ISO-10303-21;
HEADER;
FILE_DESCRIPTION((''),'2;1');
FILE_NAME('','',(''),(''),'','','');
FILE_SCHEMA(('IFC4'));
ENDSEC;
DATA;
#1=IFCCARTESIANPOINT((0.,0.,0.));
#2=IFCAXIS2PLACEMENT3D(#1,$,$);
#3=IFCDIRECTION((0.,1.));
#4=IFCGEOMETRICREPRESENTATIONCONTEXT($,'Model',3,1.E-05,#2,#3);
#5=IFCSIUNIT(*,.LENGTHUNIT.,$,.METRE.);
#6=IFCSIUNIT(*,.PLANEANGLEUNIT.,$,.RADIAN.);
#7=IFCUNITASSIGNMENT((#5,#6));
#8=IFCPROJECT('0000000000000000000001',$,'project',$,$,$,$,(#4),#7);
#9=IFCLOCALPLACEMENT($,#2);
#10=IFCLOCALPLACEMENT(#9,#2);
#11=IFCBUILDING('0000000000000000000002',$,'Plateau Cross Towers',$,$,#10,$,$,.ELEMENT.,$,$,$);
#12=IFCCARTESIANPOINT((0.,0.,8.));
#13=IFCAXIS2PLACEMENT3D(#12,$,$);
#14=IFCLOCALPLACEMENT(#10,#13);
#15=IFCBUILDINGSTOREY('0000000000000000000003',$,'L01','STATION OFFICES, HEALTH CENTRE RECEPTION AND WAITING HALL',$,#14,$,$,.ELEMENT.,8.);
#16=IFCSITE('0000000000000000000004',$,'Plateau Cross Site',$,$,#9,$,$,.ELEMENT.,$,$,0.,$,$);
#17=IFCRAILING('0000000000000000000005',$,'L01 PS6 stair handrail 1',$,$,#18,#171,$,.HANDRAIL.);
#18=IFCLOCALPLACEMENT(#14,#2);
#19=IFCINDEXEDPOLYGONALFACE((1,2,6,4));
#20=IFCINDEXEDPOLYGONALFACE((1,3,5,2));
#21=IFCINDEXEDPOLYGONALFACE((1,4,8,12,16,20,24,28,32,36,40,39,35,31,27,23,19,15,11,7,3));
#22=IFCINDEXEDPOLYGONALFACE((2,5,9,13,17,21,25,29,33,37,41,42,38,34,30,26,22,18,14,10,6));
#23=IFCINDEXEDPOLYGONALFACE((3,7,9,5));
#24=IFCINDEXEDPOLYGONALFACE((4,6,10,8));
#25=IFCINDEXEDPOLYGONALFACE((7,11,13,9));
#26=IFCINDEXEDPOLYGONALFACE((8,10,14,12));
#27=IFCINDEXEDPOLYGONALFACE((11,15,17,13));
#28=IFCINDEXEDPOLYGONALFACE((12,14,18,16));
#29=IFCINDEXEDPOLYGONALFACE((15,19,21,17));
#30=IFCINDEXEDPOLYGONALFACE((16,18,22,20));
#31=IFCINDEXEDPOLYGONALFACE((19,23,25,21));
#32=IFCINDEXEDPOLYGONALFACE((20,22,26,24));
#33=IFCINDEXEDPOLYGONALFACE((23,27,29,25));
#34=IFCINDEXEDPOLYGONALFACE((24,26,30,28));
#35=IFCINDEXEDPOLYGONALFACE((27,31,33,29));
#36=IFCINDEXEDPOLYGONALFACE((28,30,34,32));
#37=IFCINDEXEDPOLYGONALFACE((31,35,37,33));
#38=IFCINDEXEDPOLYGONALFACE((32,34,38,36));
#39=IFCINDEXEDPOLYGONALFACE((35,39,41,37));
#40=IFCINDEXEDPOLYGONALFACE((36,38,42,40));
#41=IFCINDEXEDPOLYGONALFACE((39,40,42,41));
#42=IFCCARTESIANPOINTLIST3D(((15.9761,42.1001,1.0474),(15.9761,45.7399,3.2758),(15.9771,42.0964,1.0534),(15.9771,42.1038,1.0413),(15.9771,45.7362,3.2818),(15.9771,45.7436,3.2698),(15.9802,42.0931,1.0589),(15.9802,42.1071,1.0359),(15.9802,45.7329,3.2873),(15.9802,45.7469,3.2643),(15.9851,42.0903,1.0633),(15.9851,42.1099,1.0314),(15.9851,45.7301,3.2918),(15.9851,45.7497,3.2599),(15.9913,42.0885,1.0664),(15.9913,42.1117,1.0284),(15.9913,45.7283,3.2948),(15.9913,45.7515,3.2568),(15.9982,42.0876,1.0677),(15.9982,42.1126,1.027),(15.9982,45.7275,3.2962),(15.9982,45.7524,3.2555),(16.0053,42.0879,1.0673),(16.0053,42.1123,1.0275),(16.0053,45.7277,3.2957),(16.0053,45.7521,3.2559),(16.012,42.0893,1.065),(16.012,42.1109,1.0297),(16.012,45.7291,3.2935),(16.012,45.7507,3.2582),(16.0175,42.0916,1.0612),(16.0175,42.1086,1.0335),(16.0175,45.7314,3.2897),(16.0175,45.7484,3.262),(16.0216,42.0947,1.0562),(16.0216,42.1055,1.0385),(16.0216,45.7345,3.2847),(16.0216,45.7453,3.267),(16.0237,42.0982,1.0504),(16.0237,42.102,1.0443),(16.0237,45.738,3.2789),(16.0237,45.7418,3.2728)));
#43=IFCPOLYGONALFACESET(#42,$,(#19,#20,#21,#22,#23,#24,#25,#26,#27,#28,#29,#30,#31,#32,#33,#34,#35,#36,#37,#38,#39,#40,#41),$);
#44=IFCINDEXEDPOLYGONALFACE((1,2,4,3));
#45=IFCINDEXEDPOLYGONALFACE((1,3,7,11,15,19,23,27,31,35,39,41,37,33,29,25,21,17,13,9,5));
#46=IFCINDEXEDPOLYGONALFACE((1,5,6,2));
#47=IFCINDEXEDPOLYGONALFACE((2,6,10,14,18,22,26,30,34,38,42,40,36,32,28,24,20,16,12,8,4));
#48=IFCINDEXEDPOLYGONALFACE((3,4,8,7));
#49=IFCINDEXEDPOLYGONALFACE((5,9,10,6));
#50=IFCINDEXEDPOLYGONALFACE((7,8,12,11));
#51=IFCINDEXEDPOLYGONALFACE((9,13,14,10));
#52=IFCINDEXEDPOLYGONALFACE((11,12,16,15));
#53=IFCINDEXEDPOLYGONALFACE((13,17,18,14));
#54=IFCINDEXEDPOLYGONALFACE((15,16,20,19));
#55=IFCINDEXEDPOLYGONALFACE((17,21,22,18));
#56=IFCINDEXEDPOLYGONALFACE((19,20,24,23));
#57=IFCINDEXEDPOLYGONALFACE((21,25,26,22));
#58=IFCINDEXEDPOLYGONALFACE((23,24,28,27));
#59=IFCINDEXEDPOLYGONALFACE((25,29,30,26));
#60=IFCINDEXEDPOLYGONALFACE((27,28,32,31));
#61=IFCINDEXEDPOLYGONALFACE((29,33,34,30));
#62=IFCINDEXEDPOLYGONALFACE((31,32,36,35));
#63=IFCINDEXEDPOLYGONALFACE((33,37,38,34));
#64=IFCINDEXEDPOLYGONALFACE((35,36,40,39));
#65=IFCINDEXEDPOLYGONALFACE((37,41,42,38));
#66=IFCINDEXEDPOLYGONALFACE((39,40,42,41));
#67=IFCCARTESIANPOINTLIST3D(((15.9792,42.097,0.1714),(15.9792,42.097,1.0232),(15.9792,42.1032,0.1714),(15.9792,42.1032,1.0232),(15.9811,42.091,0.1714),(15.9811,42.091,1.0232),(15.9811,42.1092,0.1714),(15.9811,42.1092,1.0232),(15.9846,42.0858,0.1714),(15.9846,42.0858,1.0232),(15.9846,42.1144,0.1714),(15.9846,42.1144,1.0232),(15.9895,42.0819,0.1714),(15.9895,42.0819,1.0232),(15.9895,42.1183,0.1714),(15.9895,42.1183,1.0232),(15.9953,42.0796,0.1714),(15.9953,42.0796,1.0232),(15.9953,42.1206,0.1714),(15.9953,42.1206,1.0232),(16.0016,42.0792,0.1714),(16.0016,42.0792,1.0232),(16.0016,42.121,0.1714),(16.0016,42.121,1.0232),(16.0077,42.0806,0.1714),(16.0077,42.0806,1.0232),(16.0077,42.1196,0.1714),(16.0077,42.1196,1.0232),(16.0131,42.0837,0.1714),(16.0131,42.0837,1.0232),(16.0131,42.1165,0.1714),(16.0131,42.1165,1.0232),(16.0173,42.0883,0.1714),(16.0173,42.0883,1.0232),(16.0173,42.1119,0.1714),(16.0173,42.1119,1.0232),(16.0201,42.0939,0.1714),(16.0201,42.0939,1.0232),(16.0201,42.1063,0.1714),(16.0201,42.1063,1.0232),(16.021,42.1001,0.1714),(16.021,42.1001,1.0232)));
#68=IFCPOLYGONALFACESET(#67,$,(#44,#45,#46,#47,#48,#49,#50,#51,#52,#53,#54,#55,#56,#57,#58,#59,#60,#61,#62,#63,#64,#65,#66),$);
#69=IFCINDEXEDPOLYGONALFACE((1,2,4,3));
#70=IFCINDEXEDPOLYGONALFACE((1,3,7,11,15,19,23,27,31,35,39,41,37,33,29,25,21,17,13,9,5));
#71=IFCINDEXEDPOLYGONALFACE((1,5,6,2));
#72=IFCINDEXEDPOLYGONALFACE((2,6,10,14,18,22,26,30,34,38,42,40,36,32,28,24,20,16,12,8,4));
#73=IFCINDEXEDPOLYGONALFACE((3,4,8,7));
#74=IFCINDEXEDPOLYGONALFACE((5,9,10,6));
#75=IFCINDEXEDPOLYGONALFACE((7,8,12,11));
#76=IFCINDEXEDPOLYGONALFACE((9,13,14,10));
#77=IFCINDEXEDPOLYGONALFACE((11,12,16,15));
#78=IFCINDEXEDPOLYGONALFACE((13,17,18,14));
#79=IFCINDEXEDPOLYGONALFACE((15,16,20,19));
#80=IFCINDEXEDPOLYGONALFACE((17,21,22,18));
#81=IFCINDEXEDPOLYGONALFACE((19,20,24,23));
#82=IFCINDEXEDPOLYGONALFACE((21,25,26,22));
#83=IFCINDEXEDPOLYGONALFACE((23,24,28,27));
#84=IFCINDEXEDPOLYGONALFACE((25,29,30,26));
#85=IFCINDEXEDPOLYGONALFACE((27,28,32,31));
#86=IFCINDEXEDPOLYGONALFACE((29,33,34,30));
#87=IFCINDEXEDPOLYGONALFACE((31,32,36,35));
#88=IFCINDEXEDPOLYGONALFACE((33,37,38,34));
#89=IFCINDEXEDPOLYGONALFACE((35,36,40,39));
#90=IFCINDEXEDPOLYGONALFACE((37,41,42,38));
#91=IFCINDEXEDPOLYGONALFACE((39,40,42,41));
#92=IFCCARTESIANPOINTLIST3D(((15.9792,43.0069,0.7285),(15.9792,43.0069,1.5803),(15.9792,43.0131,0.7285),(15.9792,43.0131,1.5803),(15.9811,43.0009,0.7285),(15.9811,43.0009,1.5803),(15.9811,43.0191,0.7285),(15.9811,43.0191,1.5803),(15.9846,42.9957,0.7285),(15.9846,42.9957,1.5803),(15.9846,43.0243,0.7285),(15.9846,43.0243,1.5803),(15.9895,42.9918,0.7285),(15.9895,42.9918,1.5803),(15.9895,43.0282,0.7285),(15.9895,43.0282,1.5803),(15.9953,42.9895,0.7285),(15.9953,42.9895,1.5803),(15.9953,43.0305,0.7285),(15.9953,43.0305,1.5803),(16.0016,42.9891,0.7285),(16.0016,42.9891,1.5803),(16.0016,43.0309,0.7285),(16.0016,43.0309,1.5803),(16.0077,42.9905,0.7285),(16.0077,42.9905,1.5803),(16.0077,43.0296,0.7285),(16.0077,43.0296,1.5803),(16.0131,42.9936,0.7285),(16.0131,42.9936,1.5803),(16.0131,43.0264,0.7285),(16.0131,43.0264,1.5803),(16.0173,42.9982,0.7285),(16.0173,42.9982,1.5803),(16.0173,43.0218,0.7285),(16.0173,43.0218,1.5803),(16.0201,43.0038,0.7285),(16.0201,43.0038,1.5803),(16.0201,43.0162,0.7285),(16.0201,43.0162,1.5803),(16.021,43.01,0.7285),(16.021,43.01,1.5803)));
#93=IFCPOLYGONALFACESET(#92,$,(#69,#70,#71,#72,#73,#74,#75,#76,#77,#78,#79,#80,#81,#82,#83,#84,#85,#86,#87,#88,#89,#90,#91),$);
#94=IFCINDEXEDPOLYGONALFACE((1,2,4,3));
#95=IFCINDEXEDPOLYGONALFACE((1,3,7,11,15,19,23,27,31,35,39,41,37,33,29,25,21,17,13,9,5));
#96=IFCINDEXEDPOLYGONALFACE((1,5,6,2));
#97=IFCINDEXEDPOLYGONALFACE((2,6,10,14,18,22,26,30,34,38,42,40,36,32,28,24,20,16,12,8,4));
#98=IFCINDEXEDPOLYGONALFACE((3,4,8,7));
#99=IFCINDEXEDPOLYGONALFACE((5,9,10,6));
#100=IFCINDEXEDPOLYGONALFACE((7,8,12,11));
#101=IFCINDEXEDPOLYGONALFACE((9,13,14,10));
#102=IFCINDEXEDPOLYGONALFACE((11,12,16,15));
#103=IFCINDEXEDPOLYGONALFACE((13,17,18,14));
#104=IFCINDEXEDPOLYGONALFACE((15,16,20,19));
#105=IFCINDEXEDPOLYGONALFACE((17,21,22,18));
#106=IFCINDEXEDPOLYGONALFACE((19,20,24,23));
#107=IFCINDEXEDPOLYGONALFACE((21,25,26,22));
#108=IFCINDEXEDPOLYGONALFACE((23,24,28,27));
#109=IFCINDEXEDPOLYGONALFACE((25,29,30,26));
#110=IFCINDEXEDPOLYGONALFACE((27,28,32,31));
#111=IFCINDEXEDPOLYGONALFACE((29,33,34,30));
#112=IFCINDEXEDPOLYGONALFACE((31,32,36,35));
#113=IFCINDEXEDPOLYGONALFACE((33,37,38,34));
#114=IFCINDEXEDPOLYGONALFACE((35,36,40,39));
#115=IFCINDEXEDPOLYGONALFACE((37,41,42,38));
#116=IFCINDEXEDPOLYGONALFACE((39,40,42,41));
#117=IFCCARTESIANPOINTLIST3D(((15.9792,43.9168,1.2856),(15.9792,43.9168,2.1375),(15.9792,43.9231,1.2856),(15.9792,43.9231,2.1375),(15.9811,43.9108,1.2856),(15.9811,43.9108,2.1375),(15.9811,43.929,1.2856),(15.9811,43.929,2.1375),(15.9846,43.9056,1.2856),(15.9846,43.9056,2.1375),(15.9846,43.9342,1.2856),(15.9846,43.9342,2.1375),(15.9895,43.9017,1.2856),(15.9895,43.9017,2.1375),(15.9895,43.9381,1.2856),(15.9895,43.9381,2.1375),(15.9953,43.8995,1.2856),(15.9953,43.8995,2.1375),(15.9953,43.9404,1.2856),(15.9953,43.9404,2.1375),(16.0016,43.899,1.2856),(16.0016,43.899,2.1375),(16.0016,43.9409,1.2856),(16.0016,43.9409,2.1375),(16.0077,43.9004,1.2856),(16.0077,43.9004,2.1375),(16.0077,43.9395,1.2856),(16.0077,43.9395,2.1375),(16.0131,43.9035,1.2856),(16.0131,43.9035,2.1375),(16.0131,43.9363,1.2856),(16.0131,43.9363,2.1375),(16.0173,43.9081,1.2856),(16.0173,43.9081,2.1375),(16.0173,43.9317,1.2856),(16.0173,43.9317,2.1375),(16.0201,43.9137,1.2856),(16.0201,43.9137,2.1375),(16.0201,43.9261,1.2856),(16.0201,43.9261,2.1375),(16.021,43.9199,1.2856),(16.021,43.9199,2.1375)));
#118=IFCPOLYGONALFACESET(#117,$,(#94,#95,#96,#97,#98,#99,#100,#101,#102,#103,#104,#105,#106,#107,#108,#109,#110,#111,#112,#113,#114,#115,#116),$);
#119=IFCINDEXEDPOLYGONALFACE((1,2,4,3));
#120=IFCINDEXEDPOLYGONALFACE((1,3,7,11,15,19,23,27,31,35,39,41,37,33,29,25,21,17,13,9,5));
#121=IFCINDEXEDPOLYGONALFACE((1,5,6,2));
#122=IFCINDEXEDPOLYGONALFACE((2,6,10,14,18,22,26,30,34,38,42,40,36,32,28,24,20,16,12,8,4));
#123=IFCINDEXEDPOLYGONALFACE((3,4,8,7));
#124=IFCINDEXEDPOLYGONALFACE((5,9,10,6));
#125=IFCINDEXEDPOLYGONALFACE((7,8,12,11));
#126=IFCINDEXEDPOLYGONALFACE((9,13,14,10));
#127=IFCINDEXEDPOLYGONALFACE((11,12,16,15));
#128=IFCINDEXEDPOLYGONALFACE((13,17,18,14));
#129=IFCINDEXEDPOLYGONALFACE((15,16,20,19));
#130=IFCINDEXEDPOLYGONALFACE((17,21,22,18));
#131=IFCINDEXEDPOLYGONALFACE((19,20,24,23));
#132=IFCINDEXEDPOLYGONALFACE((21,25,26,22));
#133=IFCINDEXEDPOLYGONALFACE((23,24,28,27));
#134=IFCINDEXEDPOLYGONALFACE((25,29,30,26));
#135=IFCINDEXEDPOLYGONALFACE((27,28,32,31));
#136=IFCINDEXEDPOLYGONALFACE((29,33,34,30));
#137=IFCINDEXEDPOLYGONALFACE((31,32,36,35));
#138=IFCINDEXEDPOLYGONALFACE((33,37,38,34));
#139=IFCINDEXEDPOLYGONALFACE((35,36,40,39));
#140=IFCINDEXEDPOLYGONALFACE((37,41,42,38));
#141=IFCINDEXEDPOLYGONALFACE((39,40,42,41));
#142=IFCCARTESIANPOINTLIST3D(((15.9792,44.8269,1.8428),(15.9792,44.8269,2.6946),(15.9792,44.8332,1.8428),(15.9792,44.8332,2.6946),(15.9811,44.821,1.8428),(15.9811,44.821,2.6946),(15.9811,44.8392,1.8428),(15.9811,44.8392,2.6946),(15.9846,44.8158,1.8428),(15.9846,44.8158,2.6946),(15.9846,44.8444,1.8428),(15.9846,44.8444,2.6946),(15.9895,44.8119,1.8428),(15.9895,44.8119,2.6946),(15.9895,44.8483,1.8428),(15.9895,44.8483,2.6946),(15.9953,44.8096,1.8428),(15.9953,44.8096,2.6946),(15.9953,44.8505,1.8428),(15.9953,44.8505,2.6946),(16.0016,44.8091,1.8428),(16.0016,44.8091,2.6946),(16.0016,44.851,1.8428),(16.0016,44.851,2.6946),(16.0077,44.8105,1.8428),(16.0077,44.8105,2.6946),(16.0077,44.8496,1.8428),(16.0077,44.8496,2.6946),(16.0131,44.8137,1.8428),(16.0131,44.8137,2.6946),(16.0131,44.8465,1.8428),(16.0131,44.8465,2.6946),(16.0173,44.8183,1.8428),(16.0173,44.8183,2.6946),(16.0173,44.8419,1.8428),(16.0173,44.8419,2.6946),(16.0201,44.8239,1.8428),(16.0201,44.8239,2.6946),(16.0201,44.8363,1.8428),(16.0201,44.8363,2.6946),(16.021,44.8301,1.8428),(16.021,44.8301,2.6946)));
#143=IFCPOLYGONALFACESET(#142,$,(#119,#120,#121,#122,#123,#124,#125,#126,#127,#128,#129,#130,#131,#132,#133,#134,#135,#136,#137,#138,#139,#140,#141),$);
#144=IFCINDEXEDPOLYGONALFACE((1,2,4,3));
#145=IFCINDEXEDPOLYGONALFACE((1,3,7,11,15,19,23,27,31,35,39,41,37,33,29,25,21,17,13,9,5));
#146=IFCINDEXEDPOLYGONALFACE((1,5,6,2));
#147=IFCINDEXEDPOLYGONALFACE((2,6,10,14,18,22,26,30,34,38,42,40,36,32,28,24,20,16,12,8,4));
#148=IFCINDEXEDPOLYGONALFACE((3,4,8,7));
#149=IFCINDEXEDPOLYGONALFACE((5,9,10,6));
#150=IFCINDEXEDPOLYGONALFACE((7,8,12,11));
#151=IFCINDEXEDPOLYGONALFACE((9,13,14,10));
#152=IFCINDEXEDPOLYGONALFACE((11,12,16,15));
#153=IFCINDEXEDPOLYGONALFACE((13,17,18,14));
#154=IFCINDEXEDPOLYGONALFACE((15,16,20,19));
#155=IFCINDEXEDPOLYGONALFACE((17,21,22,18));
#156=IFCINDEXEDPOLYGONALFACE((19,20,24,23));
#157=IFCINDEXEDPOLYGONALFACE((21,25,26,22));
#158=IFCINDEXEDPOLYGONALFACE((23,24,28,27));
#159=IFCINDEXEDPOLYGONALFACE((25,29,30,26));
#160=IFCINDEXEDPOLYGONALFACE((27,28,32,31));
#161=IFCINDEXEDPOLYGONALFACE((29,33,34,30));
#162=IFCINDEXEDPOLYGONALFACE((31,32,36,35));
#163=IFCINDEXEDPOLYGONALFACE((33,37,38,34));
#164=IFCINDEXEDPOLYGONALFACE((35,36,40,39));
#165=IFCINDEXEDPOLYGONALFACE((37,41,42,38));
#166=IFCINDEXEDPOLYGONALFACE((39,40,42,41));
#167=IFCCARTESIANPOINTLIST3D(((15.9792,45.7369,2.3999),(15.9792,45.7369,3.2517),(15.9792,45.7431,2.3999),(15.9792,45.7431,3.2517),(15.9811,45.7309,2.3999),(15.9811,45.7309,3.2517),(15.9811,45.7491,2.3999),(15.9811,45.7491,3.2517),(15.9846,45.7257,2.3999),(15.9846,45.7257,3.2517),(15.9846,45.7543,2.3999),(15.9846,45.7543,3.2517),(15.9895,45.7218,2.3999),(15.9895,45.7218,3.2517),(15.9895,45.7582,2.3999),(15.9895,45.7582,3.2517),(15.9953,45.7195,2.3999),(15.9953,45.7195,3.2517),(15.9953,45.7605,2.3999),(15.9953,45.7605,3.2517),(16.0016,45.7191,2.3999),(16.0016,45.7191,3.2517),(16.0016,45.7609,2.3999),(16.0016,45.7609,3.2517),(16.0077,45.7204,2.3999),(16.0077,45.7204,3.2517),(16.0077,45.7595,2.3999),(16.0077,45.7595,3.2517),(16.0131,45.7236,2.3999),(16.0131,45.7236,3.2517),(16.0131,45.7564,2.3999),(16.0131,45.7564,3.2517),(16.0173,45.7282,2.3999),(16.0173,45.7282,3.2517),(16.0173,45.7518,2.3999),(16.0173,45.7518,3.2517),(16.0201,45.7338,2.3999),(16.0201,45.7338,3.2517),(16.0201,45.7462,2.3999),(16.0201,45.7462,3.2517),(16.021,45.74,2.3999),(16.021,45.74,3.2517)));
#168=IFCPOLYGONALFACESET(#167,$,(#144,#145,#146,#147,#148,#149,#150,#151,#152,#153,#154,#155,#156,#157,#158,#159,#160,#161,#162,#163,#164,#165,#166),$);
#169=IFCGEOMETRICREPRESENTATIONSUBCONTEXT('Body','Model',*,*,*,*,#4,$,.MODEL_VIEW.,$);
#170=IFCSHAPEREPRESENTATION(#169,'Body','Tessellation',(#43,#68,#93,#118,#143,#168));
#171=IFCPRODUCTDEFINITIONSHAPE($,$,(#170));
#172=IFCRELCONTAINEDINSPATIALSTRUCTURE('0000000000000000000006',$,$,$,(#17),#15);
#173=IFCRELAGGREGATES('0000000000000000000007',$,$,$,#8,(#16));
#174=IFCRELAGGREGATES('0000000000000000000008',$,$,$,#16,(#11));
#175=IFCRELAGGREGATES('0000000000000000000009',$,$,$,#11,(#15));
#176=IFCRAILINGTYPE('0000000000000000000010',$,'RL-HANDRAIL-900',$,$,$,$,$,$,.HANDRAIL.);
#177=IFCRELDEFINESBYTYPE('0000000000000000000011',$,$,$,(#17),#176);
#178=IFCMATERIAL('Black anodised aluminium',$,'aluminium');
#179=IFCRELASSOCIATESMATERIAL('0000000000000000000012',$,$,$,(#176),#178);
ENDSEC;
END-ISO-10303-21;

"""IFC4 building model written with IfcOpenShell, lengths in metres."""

from ifc_helpers import new_model, si_unit, direction, frame, origin, origin_2d, place, context, subcontext, project, spatial, circle, extrude, material, type_object, element, save


model = new_model("IFC4")

# Units and contexts
model_context = context("Model", 3, precision=1e-05, world=origin(), true_north=direction((0.0, 1.0)))
body_context = subcontext(model_context, "Body", "Model", "MODEL_VIEW")
ifc_project = project(units=[si_unit("LENGTHUNIT", "METRE"), si_unit("PLANEANGLEUNIT", "RADIAN")], contexts=[model_context])

# Site, building, storey
site_placement = place(None, origin())
site = spatial("IfcSite", under=ifc_project, at=site_placement, Name="Plateau Cross Site", CompositionType="ELEMENT", RefElevation=0.0)
building_placement = place(site_placement, origin())
building = spatial("IfcBuilding", under=site, at=building_placement, Name="Plateau Cross Towers", CompositionType="ELEMENT")
storey_placement = place(building_placement, frame((0.0, 0.0, 8.0)))
storey = spatial("IfcBuildingStorey", under=building, at=storey_placement, Name="L01", Description="STATION OFFICES, HEALTH CENTRE RECEPTION AND WAITING HALL", CompositionType="ELEMENT", Elevation=8.0)

# Shared definitions
ifc_material_1 = material(Name="Black anodised aluminium", Category="aluminium")

# Railing
railing_type_1 = type_object("IfcRailingType", Name="RL-HANDRAIL-900", PredefinedType="HANDRAIL", material=ifc_material_1)
railing_1_placement = place(storey_placement, frame((16.0, 42.1001, 0.1714)))
element("IfcRailing", 1, at=railing_1_placement, inside=storey, type_object=railing_type_1, Name="L01 PS6 stair handrail 1", PredefinedType="HANDRAIL", context=body_context, shape_type="SweptSolid", body=[
    extrude(circle(Radius=0.0239, at=origin_2d()), frame((0.0, 0.0, 0.876), z_axis=(0.0, 0.85285, 0.522156), x_axis=(-1.0, 0.0, 0.0)), (0.0, 0.0, 1.0), 4.2678),
    extrude(circle(Radius=0.021, at=origin_2d()), origin(), (0.0, 0.0, 1.0), 0.8518),
    extrude(circle(Radius=0.021, at=origin_2d()), frame((0.0, 0.9099, 0.5571)), (0.0, 0.0, 1.0), 0.8518),
    extrude(circle(Radius=0.021, at=origin_2d()), frame((0.0, 1.8198, 1.1143)), (0.0, 0.0, 1.0), 0.8518),
    extrude(circle(Radius=0.021, at=origin_2d()), frame((0.0, 2.73, 1.6714)), (0.0, 0.0, 1.0), 0.8518),
    extrude(circle(Radius=0.021, at=origin_2d()), frame((0.0, 3.6399, 2.2285)), (0.0, 0.0, 1.0), 0.8518),
])

save(model, "model.ifc")
